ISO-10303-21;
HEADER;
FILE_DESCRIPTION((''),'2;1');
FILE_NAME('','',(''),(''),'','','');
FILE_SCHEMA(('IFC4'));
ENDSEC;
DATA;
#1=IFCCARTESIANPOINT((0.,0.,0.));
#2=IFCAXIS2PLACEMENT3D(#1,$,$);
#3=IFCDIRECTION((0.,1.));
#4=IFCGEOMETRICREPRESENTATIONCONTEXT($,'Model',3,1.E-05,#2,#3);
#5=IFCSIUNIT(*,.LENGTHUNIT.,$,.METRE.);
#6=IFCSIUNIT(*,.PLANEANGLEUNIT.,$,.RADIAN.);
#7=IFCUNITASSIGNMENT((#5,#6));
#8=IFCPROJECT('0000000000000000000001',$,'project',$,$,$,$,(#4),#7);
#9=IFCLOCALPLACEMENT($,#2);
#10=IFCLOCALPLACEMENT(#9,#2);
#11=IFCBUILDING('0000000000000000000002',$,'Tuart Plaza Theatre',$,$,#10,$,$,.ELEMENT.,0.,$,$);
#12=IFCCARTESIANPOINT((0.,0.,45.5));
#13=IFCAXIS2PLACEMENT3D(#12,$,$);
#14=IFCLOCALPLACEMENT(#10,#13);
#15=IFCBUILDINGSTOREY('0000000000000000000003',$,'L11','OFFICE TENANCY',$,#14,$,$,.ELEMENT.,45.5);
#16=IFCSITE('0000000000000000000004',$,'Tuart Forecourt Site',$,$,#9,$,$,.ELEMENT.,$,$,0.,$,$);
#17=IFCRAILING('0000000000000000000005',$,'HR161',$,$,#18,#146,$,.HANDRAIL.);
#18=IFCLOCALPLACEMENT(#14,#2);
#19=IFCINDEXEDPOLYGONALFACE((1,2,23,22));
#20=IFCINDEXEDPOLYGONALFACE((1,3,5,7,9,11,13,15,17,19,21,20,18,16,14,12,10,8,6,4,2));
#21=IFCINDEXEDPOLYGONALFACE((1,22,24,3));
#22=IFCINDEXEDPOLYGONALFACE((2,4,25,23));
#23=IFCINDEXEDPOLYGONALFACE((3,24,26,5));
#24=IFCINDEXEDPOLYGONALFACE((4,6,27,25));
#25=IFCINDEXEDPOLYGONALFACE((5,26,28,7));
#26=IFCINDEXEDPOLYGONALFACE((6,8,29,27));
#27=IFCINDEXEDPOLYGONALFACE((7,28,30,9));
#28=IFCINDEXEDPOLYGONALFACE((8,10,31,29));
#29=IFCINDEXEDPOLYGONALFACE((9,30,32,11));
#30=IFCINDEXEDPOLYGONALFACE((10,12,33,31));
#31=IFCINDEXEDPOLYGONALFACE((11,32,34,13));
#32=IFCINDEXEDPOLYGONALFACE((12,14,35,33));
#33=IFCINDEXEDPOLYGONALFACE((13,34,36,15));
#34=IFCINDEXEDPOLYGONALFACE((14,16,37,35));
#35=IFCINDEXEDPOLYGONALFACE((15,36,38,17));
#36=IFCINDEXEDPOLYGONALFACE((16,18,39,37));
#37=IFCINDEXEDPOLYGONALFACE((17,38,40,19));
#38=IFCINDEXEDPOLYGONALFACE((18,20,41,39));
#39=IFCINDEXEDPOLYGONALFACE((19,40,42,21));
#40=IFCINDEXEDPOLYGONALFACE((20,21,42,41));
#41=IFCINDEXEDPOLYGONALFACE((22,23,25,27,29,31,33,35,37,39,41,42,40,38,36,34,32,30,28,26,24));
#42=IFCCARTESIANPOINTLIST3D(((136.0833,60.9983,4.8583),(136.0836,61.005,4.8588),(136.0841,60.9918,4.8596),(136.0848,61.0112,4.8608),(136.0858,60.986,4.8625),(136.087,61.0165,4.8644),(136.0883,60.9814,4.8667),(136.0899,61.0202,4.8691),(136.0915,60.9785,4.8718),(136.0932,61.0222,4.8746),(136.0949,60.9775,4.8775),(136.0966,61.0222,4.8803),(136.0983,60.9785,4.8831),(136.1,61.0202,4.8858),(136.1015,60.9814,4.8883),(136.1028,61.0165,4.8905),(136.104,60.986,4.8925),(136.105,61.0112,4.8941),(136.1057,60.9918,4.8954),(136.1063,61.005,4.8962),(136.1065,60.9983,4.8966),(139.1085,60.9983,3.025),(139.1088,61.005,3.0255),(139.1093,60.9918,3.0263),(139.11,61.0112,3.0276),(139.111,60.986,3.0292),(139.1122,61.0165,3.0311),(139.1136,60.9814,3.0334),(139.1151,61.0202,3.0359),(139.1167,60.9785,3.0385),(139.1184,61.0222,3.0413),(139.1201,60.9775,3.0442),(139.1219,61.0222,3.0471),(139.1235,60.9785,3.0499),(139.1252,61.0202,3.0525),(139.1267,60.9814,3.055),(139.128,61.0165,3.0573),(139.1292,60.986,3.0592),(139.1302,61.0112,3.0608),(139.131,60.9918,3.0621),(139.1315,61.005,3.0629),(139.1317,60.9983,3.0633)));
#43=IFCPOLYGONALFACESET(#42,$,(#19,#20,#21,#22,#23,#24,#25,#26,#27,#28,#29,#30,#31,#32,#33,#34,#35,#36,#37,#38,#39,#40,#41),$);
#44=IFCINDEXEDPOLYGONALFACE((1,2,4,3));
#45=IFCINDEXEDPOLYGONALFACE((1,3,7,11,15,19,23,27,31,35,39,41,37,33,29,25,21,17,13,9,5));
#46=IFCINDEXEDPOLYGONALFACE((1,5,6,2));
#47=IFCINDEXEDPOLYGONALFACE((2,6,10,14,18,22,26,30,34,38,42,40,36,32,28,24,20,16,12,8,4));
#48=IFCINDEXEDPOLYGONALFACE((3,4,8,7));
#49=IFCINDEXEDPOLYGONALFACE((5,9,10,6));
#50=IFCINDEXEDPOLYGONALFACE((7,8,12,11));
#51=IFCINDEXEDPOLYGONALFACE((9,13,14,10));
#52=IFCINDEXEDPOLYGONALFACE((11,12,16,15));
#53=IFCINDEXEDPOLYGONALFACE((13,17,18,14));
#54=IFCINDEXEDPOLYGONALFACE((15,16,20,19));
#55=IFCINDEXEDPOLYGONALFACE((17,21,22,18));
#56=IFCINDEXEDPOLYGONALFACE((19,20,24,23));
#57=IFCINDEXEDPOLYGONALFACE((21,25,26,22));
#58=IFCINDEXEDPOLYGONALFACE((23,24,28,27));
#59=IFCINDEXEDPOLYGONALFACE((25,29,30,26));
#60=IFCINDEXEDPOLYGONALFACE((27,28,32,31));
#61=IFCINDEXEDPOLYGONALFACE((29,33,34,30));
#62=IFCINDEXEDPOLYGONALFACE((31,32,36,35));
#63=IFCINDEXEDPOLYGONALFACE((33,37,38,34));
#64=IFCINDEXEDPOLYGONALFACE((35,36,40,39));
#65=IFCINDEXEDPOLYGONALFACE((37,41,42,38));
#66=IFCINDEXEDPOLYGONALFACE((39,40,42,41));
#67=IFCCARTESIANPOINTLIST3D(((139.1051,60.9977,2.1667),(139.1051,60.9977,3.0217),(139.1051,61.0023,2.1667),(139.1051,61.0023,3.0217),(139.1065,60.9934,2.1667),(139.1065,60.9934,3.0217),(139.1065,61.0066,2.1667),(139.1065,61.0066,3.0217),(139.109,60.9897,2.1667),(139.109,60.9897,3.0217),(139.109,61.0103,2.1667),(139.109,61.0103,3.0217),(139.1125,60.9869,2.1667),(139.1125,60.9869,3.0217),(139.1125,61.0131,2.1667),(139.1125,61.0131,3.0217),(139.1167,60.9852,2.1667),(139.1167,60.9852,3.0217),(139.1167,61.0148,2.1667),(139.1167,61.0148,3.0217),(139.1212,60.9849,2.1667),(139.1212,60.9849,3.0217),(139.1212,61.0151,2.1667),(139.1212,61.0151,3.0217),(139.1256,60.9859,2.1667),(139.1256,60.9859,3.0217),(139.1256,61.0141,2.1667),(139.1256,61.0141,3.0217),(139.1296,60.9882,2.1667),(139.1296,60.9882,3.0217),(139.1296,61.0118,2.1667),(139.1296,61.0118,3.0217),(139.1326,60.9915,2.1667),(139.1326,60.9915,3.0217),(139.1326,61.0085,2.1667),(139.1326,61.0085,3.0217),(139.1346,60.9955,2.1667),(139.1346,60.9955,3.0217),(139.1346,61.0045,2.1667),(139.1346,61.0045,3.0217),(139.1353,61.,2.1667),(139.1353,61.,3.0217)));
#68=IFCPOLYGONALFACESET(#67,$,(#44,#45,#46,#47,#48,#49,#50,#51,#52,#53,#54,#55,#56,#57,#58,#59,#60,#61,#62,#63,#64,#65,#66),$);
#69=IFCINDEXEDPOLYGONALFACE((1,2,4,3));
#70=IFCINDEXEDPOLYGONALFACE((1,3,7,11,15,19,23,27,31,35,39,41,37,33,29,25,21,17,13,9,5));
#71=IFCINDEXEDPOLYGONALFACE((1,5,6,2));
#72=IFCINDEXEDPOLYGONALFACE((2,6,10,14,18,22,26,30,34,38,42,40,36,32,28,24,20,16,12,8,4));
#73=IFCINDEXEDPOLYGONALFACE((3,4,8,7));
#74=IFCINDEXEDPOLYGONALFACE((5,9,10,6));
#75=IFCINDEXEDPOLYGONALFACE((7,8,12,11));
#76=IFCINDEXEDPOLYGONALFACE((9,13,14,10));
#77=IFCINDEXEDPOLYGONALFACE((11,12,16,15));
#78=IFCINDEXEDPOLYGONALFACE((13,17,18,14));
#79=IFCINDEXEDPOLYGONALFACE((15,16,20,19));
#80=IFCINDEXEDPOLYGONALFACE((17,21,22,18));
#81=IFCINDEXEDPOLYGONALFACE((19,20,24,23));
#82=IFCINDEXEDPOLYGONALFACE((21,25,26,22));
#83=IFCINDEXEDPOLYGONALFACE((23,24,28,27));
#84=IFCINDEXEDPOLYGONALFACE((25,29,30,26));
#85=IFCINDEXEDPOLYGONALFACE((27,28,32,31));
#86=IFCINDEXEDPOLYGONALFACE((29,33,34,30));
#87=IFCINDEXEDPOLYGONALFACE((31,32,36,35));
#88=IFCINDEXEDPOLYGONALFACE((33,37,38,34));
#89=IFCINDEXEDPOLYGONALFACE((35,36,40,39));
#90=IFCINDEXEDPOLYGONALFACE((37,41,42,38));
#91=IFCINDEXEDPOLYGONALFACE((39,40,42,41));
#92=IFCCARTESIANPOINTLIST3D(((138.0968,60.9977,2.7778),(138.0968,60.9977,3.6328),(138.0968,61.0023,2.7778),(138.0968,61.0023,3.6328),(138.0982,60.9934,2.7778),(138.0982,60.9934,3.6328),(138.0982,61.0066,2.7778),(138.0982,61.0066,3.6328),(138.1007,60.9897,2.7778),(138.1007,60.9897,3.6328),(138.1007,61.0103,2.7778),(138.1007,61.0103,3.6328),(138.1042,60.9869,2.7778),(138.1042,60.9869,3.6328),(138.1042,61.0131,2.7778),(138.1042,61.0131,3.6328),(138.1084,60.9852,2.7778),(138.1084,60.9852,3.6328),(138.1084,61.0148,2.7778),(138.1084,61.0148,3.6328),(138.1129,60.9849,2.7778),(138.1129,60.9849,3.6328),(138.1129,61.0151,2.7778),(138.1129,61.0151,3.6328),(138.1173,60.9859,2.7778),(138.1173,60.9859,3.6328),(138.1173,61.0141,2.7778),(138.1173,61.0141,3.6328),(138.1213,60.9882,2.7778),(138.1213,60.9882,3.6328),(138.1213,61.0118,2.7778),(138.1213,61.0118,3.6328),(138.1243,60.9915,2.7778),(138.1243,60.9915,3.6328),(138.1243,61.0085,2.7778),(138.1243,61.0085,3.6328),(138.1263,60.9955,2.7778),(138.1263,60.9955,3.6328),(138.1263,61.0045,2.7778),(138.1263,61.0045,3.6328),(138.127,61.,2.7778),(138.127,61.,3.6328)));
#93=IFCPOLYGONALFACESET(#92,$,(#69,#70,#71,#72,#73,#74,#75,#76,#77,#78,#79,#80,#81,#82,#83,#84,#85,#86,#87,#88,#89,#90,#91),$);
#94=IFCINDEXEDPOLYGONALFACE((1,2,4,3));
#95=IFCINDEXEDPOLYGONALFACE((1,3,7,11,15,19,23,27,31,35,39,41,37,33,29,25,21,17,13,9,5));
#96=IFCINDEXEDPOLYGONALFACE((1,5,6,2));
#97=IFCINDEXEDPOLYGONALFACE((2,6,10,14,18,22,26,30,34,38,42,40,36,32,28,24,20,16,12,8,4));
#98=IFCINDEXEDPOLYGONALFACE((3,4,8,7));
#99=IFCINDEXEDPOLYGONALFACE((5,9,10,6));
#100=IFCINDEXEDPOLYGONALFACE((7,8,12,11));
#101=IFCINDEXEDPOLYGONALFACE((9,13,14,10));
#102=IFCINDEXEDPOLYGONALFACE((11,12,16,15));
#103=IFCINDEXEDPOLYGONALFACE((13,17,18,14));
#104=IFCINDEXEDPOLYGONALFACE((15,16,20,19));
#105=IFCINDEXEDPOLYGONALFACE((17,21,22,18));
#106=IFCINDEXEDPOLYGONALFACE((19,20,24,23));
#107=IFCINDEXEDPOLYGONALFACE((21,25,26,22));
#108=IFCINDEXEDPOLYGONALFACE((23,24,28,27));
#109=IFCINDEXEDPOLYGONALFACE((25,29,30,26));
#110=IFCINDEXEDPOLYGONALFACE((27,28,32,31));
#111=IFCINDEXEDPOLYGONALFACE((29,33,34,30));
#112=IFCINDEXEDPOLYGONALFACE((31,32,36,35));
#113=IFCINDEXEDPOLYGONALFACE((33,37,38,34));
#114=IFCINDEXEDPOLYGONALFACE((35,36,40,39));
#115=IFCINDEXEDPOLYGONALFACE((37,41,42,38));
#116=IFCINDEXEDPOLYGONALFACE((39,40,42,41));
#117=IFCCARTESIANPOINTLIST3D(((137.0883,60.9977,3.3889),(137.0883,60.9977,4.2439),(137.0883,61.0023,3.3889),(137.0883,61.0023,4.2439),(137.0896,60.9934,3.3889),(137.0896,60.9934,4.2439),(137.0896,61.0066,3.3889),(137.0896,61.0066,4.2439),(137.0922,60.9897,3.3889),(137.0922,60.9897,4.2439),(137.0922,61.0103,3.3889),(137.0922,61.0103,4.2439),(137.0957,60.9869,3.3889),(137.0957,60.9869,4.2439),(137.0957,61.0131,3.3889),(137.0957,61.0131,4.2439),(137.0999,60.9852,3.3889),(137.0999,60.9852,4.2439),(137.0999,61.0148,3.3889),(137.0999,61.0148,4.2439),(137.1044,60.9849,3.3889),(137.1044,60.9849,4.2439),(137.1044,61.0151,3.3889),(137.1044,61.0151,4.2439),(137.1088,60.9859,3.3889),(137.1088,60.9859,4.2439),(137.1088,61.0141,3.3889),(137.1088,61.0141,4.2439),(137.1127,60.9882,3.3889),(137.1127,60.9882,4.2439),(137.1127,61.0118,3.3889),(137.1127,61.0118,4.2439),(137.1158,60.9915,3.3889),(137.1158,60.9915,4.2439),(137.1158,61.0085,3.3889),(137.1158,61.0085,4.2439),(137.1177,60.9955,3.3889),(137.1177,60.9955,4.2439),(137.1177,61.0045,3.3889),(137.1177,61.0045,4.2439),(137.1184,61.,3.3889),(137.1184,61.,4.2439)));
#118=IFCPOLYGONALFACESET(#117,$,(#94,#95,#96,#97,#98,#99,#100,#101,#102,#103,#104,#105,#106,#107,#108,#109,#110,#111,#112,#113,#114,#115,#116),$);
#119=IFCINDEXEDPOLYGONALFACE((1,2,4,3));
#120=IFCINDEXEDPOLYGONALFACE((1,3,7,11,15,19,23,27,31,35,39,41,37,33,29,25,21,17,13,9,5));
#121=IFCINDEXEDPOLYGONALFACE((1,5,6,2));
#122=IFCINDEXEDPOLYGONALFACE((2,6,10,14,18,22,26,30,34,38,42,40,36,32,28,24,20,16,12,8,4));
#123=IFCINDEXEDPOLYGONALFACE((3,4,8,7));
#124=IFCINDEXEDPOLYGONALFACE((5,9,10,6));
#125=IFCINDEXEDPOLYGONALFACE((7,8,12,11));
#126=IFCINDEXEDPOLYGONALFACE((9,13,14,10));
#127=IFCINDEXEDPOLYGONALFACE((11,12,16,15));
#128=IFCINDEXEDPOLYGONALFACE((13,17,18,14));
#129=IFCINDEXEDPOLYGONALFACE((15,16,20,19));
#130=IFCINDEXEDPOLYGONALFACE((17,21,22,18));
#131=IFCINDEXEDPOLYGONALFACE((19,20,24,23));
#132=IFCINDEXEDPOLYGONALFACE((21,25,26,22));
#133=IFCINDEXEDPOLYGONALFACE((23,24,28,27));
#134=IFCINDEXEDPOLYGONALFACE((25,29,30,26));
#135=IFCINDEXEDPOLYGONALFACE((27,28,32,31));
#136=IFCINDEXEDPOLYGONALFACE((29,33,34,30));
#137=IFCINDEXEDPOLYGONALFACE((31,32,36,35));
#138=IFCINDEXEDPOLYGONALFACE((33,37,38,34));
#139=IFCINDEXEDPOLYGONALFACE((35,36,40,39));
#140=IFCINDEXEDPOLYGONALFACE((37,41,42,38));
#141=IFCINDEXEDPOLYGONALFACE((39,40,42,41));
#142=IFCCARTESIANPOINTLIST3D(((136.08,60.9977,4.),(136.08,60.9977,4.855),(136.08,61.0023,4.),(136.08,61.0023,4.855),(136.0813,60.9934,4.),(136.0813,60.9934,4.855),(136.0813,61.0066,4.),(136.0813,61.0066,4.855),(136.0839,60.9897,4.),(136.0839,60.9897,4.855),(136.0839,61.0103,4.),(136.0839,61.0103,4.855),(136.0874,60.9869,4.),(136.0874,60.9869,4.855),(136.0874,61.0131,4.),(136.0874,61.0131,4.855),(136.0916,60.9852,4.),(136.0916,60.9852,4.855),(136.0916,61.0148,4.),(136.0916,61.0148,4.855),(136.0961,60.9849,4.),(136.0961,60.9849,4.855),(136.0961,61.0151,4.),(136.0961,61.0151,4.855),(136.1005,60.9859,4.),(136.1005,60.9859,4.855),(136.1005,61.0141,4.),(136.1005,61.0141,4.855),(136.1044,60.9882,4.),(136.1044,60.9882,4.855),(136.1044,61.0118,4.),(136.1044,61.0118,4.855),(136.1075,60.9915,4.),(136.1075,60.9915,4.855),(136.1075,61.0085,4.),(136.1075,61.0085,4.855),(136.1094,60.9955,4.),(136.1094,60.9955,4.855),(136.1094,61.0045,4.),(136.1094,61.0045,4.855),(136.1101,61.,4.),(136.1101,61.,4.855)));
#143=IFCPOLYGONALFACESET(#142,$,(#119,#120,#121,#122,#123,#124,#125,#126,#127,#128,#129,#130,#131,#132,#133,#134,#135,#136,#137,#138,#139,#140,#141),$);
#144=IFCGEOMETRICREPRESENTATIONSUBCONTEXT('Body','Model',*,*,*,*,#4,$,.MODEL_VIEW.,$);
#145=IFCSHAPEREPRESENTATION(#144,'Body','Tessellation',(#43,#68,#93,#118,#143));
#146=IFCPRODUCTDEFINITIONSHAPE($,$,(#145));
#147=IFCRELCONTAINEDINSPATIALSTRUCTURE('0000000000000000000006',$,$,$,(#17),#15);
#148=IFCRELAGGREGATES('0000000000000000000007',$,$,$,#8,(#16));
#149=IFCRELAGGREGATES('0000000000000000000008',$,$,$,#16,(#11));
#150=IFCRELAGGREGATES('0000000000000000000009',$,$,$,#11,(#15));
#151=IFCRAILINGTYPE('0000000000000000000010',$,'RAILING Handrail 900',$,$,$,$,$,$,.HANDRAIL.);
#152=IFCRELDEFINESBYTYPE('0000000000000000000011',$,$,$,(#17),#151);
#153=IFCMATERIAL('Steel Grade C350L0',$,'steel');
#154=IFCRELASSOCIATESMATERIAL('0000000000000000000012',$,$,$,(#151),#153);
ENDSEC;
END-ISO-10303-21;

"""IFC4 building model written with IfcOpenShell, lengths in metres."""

from ifc_helpers import new_model, si_unit, direction, frame, origin, origin_2d, place, context, subcontext, project, spatial, circle, extrude, material, type_object, element, save


model = new_model("IFC4")

# Units and contexts
model_context = context("Model", 3, precision=1e-05, world=origin(), true_north=direction((0.0, 1.0)))
body_context = subcontext(model_context, "Body", "Model", "MODEL_VIEW")
ifc_project = project(units=[si_unit("LENGTHUNIT", "METRE"), si_unit("PLANEANGLEUNIT", "RADIAN")], contexts=[model_context])

# Site, building, storey
site_placement = place(None, origin())
site = spatial("IfcSite", under=ifc_project, at=site_placement, Name="Tuart Forecourt Site", CompositionType="ELEMENT", RefElevation=0.0)
building_placement = place(site_placement, origin())
building = spatial("IfcBuilding", under=site, at=building_placement, Name="Tuart Plaza Theatre", CompositionType="ELEMENT", ElevationOfRefHeight=0.0)
storey_placement = place(building_placement, frame((0.0, 0.0, 45.5)))
storey = spatial("IfcBuildingStorey", under=building, at=storey_placement, Name="L11", Description="OFFICE TENANCY", CompositionType="ELEMENT", Elevation=45.5)

# Railing
ifc_material_1 = material(Name="Steel Grade C350L0", Category="steel")
railing_type_1 = type_object("IfcRailingType", Name="RAILING Handrail 900", PredefinedType="HANDRAIL", material=ifc_material_1)
for number, where, name in (
    (1, (139.1201, 61.0, 2.1667), "HR161"),
):
    element("IfcRailing", number, at=place(storey_placement, frame(where)), inside=storey, type_object=railing_type_1, Name=name, PredefinedType="HANDRAIL", context=body_context, shape_type="SweptSolid", body=[
        extrude(circle(Radius=0.0225, at=origin_2d()), frame((0.0, 0.0, 0.8774), z_axis=(-0.855219, 0.0, 0.518267), x_axis=(0.0, -1.0, 0.0)), (0.0, 0.0, 1.0), 3.5374),
        extrude(circle(Radius=0.0151, at=origin_2d()), origin(), (0.0, 0.0, 1.0), 0.855),
        extrude(circle(Radius=0.0151, at=origin_2d()), frame((-1.0083, 0.0, 0.6111)), (0.0, 0.0, 1.0), 0.855),
        extrude(circle(Radius=0.0151, at=origin_2d()), frame((-2.0168, 0.0, 1.2222)), (0.0, 0.0, 1.0), 0.855),
        extrude(circle(Radius=0.0151, at=origin_2d()), frame((-3.0251, 0.0, 1.8333)), (0.0, 0.0, 1.0), 0.855),
    ])

save(model, "model.ifc")
